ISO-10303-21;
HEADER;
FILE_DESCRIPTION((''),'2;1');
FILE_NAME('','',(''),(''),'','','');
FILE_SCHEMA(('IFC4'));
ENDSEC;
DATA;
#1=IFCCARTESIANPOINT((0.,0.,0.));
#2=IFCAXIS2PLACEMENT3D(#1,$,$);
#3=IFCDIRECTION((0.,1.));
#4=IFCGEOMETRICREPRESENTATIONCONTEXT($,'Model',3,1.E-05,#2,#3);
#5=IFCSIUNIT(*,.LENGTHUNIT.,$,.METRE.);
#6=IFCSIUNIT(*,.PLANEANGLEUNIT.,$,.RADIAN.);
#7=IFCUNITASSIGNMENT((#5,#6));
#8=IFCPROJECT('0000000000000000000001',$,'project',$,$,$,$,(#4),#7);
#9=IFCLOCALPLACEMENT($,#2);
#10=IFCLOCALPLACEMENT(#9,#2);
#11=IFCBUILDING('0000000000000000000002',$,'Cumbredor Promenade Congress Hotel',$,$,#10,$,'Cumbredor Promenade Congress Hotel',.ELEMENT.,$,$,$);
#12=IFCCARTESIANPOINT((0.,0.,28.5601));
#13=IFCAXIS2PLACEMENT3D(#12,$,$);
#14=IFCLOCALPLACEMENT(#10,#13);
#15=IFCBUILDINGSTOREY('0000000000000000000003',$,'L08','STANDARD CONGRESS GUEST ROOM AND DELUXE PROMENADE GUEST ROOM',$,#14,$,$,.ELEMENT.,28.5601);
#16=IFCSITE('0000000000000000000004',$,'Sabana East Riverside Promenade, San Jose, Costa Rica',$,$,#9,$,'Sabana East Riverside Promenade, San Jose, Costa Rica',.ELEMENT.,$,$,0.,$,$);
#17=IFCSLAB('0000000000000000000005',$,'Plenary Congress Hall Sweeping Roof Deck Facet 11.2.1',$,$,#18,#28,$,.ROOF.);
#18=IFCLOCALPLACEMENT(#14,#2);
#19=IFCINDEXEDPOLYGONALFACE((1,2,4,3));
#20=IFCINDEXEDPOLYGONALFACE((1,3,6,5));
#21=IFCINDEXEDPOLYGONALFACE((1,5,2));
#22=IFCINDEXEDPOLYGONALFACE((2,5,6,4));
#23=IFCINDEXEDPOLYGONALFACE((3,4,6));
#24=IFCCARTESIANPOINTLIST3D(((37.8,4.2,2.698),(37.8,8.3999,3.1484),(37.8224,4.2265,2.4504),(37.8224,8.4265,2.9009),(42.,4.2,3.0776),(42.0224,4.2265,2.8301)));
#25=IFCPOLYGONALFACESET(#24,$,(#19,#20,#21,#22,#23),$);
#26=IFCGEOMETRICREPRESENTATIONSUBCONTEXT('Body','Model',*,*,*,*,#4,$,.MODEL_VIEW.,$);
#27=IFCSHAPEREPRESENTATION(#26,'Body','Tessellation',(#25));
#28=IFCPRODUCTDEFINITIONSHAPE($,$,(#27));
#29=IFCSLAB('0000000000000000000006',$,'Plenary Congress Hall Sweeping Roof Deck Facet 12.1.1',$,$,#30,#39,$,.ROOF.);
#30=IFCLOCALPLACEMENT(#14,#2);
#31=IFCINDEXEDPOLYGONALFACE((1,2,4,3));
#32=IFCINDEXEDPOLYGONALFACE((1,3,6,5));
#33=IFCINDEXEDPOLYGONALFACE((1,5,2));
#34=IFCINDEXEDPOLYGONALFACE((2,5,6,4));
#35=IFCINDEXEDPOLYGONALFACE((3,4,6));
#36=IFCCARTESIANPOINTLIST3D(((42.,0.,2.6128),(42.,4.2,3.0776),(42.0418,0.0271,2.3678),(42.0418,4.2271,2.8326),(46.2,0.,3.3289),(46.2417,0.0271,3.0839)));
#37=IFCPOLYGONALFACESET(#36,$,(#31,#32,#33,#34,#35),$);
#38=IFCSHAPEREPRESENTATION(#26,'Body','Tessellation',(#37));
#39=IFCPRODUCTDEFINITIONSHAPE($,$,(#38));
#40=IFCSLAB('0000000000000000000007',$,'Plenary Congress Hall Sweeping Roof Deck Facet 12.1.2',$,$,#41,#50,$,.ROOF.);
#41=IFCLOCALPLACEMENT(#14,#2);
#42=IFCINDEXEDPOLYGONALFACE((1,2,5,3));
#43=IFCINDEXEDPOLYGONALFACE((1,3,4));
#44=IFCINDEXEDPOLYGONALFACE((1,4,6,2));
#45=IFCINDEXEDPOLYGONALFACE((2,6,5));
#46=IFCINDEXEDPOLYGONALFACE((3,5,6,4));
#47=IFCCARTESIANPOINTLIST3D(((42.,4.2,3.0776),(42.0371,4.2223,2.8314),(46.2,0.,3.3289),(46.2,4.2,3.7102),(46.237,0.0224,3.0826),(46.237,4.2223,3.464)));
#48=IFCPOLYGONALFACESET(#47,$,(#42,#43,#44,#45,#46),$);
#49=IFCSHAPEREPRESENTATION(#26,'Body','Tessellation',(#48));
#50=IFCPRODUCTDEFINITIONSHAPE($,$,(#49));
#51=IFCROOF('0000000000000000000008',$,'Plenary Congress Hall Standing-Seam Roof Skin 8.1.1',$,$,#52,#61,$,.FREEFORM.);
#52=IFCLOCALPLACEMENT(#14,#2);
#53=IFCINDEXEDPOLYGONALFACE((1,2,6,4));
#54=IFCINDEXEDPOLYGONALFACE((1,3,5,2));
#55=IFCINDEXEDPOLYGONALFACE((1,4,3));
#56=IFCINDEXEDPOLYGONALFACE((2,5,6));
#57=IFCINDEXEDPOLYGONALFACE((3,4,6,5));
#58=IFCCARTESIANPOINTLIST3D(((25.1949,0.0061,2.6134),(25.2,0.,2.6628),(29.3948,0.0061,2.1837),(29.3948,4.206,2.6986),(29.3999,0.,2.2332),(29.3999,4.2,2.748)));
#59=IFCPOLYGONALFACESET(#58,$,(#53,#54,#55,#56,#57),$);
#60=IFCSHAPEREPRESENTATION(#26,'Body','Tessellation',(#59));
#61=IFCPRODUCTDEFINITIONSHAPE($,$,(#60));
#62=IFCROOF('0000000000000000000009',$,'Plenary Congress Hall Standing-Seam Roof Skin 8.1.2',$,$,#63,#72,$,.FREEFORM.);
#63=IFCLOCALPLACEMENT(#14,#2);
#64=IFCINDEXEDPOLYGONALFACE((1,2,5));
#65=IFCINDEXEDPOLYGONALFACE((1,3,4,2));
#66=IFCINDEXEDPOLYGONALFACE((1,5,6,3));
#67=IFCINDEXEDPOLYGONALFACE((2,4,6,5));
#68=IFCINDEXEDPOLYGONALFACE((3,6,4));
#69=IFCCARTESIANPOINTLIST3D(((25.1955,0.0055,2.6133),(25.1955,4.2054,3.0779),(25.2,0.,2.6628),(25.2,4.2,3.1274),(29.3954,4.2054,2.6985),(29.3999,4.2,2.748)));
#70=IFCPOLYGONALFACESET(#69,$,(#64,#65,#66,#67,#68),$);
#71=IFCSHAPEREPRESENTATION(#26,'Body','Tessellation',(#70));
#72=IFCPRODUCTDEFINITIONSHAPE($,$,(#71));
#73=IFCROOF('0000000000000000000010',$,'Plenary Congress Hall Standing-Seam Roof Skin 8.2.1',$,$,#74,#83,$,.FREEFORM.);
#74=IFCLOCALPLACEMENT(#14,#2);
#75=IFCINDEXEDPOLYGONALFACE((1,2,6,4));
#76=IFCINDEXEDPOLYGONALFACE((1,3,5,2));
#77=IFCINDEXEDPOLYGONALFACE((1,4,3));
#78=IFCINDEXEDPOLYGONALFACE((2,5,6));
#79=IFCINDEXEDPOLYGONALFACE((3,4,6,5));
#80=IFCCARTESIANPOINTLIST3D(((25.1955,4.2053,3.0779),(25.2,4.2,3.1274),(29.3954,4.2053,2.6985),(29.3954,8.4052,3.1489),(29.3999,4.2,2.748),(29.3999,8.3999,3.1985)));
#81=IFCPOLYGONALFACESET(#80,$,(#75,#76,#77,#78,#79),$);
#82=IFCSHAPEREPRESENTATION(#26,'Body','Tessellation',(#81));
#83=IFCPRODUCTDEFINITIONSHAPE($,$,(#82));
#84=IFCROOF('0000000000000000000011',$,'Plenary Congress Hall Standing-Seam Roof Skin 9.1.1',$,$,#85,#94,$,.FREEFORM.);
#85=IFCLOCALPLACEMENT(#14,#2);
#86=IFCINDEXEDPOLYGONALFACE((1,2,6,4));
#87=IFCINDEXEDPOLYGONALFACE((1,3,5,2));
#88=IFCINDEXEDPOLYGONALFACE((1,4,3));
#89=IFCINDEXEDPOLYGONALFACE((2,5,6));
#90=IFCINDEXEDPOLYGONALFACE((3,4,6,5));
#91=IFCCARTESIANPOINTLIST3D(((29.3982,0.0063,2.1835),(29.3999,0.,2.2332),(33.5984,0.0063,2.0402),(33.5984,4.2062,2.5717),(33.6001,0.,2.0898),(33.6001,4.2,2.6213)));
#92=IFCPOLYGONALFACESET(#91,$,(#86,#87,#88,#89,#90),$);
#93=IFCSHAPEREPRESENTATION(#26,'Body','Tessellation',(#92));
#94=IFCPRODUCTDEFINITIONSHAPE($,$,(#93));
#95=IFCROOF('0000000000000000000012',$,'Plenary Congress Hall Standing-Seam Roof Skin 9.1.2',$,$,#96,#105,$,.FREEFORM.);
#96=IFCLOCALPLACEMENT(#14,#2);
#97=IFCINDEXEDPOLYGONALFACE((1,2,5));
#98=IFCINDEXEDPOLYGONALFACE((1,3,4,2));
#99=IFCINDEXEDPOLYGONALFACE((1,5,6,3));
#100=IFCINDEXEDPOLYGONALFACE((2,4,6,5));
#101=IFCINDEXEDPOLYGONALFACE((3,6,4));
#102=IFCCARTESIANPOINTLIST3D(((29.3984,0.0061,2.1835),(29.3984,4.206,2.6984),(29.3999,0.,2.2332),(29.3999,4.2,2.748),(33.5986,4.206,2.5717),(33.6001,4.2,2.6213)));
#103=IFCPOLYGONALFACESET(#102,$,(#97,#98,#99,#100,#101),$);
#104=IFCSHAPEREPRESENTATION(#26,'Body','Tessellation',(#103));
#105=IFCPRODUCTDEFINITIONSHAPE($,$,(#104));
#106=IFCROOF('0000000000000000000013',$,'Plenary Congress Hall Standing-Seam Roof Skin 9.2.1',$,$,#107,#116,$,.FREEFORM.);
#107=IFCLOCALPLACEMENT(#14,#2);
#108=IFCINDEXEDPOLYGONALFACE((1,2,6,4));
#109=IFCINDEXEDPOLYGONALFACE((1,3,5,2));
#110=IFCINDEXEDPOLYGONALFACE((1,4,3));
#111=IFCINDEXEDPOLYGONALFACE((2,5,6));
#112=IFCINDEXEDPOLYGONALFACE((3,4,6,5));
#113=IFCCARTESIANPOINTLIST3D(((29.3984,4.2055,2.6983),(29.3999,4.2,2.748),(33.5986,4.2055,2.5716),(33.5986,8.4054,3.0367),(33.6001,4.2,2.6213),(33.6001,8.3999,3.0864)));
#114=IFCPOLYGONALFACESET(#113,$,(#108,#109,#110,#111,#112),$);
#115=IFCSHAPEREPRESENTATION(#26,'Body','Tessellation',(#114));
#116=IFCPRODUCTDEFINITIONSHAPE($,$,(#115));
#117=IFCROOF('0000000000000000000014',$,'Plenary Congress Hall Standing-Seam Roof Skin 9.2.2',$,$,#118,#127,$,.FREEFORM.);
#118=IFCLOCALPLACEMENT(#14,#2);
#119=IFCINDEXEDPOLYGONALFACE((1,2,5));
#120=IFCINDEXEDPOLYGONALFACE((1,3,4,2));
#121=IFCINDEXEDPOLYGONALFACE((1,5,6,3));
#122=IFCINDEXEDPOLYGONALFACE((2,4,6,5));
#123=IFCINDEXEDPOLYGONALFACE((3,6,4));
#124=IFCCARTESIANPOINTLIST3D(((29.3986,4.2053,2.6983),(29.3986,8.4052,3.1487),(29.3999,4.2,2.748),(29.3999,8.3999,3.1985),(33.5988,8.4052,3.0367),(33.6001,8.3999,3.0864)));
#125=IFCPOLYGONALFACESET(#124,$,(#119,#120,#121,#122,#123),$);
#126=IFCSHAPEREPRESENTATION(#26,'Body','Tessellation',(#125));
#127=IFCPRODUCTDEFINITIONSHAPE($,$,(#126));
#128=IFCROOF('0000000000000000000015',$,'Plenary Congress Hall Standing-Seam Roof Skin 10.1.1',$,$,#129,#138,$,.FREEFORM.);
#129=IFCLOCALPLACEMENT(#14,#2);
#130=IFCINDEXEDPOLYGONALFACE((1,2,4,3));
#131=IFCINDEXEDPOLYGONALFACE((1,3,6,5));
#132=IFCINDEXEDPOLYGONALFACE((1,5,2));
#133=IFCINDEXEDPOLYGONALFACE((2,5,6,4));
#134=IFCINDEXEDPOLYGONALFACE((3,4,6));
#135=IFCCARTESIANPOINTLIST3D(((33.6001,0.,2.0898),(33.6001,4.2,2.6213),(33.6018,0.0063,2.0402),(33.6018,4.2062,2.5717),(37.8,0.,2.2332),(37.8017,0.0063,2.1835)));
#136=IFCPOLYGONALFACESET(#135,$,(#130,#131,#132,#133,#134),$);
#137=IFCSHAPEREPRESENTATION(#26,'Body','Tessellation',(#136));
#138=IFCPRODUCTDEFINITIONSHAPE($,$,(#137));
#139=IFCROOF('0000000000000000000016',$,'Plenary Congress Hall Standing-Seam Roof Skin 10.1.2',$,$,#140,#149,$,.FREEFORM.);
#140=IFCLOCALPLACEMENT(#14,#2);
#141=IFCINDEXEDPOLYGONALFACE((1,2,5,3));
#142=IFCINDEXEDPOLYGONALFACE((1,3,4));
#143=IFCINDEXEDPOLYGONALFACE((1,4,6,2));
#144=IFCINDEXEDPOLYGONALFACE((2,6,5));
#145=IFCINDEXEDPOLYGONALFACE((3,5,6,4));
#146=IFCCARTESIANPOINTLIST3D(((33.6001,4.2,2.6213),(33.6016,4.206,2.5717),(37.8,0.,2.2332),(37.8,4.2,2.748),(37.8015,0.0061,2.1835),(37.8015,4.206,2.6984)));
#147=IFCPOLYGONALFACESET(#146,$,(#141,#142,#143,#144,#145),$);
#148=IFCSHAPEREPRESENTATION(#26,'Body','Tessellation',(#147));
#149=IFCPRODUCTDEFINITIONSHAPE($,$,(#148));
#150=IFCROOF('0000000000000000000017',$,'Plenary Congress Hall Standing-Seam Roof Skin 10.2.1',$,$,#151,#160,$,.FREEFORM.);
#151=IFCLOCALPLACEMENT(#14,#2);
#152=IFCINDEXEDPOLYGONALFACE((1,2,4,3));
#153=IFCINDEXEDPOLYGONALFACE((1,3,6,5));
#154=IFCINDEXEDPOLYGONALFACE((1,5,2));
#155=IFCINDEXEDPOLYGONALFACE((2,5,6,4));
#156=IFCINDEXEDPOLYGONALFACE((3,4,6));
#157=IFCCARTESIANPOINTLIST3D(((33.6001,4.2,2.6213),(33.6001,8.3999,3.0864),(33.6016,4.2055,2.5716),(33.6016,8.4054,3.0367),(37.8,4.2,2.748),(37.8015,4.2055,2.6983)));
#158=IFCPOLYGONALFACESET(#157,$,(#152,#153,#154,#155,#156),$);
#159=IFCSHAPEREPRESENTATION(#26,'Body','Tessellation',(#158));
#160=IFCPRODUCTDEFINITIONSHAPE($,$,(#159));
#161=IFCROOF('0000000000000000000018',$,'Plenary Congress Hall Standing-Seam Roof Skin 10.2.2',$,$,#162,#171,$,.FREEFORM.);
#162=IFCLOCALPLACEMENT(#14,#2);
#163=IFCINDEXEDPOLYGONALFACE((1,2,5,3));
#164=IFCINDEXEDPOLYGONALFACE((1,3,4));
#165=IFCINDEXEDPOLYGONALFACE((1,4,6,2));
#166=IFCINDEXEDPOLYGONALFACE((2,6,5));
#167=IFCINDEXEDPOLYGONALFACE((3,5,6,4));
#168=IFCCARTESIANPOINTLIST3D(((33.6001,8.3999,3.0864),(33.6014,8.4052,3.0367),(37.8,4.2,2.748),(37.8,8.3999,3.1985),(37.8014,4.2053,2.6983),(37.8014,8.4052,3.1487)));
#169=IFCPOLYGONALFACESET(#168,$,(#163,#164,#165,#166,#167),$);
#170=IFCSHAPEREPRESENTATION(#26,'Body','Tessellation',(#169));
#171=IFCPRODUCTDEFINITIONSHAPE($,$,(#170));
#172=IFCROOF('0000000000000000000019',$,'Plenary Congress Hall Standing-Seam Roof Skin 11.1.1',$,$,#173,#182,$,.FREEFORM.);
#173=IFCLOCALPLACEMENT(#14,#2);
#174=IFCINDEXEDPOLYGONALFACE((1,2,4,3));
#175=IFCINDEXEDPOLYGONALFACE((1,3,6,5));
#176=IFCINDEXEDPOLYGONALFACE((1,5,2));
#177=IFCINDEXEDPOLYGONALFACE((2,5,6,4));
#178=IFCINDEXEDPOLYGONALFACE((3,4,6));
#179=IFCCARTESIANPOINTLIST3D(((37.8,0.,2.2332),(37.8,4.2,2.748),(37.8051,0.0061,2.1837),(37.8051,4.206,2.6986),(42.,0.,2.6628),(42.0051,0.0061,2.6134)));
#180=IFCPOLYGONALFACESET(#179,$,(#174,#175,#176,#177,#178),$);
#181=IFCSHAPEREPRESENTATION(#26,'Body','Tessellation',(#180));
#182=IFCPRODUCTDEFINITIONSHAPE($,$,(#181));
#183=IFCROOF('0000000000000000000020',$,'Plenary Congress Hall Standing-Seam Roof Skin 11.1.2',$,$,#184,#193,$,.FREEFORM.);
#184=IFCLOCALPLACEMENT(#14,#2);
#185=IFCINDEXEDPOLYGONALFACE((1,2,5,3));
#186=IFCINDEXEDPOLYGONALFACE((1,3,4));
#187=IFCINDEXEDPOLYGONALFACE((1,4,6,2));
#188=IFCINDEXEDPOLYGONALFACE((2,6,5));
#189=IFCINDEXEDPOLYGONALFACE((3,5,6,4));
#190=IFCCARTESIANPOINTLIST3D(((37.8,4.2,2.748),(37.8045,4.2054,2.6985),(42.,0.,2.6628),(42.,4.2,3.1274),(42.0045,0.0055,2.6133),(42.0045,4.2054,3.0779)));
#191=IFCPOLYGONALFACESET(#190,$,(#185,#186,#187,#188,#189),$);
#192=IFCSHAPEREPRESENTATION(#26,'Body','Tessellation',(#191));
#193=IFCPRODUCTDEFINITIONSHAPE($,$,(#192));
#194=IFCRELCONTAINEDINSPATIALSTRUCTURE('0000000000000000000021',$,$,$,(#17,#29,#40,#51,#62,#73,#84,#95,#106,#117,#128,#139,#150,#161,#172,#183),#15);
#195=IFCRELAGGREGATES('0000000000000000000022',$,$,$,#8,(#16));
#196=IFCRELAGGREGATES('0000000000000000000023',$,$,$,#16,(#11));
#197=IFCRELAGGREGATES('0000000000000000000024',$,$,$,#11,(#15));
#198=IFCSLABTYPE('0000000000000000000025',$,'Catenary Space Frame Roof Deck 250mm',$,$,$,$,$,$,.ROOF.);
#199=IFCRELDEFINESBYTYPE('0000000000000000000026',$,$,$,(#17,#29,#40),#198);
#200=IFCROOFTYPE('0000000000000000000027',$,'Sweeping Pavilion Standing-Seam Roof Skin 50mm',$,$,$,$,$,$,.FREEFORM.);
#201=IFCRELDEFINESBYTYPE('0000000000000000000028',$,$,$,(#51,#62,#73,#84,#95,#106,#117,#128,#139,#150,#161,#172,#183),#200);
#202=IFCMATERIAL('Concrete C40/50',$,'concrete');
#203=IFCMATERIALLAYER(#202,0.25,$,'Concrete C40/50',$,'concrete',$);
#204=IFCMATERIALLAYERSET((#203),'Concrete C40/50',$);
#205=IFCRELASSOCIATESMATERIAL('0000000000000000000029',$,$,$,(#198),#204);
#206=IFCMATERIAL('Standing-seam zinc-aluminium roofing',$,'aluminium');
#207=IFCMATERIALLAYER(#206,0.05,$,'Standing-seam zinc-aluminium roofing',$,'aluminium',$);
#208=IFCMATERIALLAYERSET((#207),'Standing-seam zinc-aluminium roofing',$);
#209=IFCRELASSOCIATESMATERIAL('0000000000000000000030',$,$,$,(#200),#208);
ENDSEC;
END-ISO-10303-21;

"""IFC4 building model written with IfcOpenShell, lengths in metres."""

from ifc_helpers import new_model, si_unit, direction, frame, origin, place, context, subcontext, project, spatial, polyline, outline, extrude, material, layer, layer_set, type_object, element, save


model = new_model("IFC4")

# Units and contexts
model_context = context("Model", 3, precision=1e-05, world=origin(), true_north=direction((0.0, 1.0)))
body_context = subcontext(model_context, "Body", "Model", "MODEL_VIEW")
ifc_project = project(units=[si_unit("LENGTHUNIT", "METRE"), si_unit("PLANEANGLEUNIT", "RADIAN")], contexts=[model_context])

# Site, building, storey
site_placement = place(None, origin())
site = spatial("IfcSite", under=ifc_project, at=site_placement, Name="Sabana East Riverside Promenade, San Jose, Costa Rica", LongName="Sabana East Riverside Promenade, San Jose, Costa Rica", CompositionType="ELEMENT", RefElevation=0.0)
building_placement = place(site_placement, origin())
building = spatial("IfcBuilding", under=site, at=building_placement, Name="Cumbredor Promenade Congress Hotel", LongName="Cumbredor Promenade Congress Hotel", CompositionType="ELEMENT")
storey_placement = place(building_placement, frame((0.0, 0.0, 28.5601)))
storey = spatial("IfcBuildingStorey", under=building, at=storey_placement, Name="L08", Description="STANDARD CONGRESS GUEST ROOM AND DELUXE PROMENADE GUEST ROOM", CompositionType="ELEMENT", Elevation=28.5601)

# Slabs
ifc_material_1 = material(Name="Concrete C40/50", Category="concrete")
ifc_layer_1 = layer(ifc_material_1, 0.25, Name="Concrete C40/50", Category="concrete")
ifc_layer_set_1 = layer_set([ifc_layer_1], Name="Concrete C40/50")
slab_type = type_object("IfcSlabType", Name="Catenary Space Frame Roof Deck 250mm", PredefinedType="ROOF", material=ifc_layer_set_1)
slab_1_placement = place(storey_placement, frame((37.8, 4.2, 2.698), z_axis=(-0.089515, -0.106209, 0.990306), x_axis=(0.99594, 0.0, 0.090024)))
element("IfcSlab", 1, at=slab_1_placement, inside=storey, type_object=slab_type, Name="Plenary Congress Hall Sweeping Roof Deck Facet 11.2.1", PredefinedType="ROOF", context=body_context, shape_type="SweptSolid", body=[
    extrude(outline(polyline([(0.0, 0.0), (4.2171, 0.0), (0.0406, 4.2238), (0.0, 0.0)])), origin(), (0.0, 0.0, -1.0), 0.25),
])
slab_2_placement = place(storey_placement, frame((42.0, 0.0, 2.6128), z_axis=(-0.167077, -0.10846, 0.97996), x_axis=(0.985775, 0.0, 0.168068)))
element("IfcSlab", 2, at=slab_2_placement, inside=storey, type_object=slab_type, Name="Plenary Congress Hall Sweeping Roof Deck Facet 12.1.1", PredefinedType="ROOF", context=body_context, shape_type="SweptSolid", body=[
    extrude(outline(polyline([(0.0, 0.0), (4.2606, 0.0), (0.0781, 4.2249), (0.0, 0.0)])), origin(), (0.0, 0.0, -1.0), 0.25),
])
slab_3_placement = place(storey_placement, frame((46.2, 0.0, 3.3289), z_axis=(-0.148337, -0.089426, 0.984885), x_axis=(0.0, 0.995903, 0.090426)))
element("IfcSlab", 3, at=slab_3_placement, inside=storey, type_object=slab_type, Name="Plenary Congress Hall Sweeping Roof Deck Facet 12.1.2", PredefinedType="ROOF", context=body_context, shape_type="SweptSolid", body=[
    extrude(outline(polyline([(0.0, 0.0), (4.2172, 0.0), (4.16, 4.2469), (0.0, 0.0)])), origin(), (0.0, 0.0, -1.0), 0.25),
])

# Roofs
ifc_material_2 = material(Name="Standing-seam zinc-aluminium roofing", Category="aluminium")
ifc_layer_2 = layer(ifc_material_2, 0.05, Name="Standing-seam zinc-aluminium roofing", Category="aluminium")
ifc_layer_set_2 = layer_set([ifc_layer_2], Name="Standing-seam zinc-aluminium roofing")
roof_type = type_object("IfcRoofType", Name="Sweeping Pavilion Standing-Seam Roof Skin 50mm", PredefinedType="FREEFORM", material=ifc_layer_set_2)
roof_1_placement = place(storey_placement, frame((25.2, 0.0, 2.6628), z_axis=(0.101028, -0.121061, 0.987491), x_axis=(0.994807, 0.0, -0.101776)))
element("IfcRoof", 4, at=roof_1_placement, inside=storey, type_object=roof_type, Name="Plenary Congress Hall Standing-Seam Roof Skin 8.1.1", PredefinedType="FREEFORM", context=body_context, shape_type="SweptSolid", body=[
    extrude(outline(polyline([(0.0, 0.0), (4.2219, 0.0), (4.1695, 4.2311), (0.0, 0.0)])), origin(), (0.0, 0.0, -1.0), 0.05),
])
roof_2_placement = place(storey_placement, frame((25.2, 0.0, 2.6628), z_axis=(0.089426, -0.109509, 0.989955), x_axis=(0.707034, 0.707034, 0.014344)))
element("IfcRoof", 5, at=roof_2_placement, inside=storey, type_object=roof_type, Name="Plenary Congress Hall Standing-Seam Roof Skin 8.1.2", PredefinedType="FREEFORM", context=body_context, shape_type="SweptSolid", body=[
    extrude(outline(polyline([(0.0, 0.0), (5.9402, 0.0), (2.9762, 2.9996), (0.0, 0.0)])), origin(), (0.0, 0.0, -1.0), 0.05),
])
roof_3_placement = place(storey_placement, frame((25.2, 4.2, 3.1274), z_axis=(0.089458, -0.10621, 0.990311), x_axis=(0.995945, 0.0, -0.089967)))
element("IfcRoof", 6, at=roof_3_placement, inside=storey, type_object=roof_type, Name="Plenary Congress Hall Standing-Seam Roof Skin 8.2.1", PredefinedType="FREEFORM", context=body_context, shape_type="SweptSolid", body=[
    extrude(outline(polyline([(0.0, 0.0), (4.2171, 0.0), (4.1765, 4.2238), (0.0, 0.0)])), origin(), (0.0, 0.0, -1.0), 0.05),
])
roof_4_placement = place(storey_placement, frame((29.3999, 0.0, 2.2332), z_axis=(0.033831, -0.125475, 0.99152), x_axis=(0.999418, 0.0, -0.0341)))
element("IfcRoof", 7, at=roof_4_placement, inside=storey, type_object=roof_type, Name="Plenary Congress Hall Standing-Seam Roof Skin 9.1.1", PredefinedType="FREEFORM", context=body_context, shape_type="SweptSolid", body=[
    extrude(outline(polyline([(0.0, 0.0), (4.2026, 0.0), (4.1845, 4.2334), (0.0, 0.0)])), origin(), (0.0, 0.0, -1.0), 0.05),
])
roof_5_placement = place(storey_placement, frame((29.3999, 0.0, 2.2332), z_axis=(0.02993, -0.121629, 0.992124), x_axis=(0.705622, 0.705581, 0.065214)))
element("IfcRoof", 8, at=roof_5_placement, inside=storey, type_object=roof_type, Name="Plenary Congress Hall Standing-Seam Roof Skin 9.1.2", PredefinedType="FREEFORM", context=body_context, shape_type="SweptSolid", body=[
    extrude(outline(polyline([(0.0, 0.0), (5.9525, 0.0), (2.997, 2.9871), (0.0, 0.0)])), origin(), (0.0, 0.0, -1.0), 0.05),
])
roof_6_placement = place(storey_placement, frame((29.3999, 4.2, 2.748), z_axis=(0.029971, -0.110014, 0.993478), x_axis=(0.999545, 0.0, -0.030154)))
element("IfcRoof", 9, at=roof_6_placement, inside=storey, type_object=roof_type, Name="Plenary Congress Hall Standing-Seam Roof Skin 9.2.1", PredefinedType="FREEFORM", context=body_context, shape_type="SweptSolid", body=[
    extrude(outline(polyline([(0.0, 0.0), (4.2021, 0.0), (4.1881, 4.2256), (0.0, 0.0)])), origin(), (0.0, 0.0, -1.0), 0.05),
])
roof_7_placement = place(storey_placement, frame((29.3999, 4.2, 2.748), z_axis=(0.026518, -0.1066, 0.993948), x_axis=(0.705983, 0.705942, 0.056876)))
element("IfcRoof", 10, at=roof_7_placement, inside=storey, type_object=roof_type, Name="Plenary Congress Hall Standing-Seam Roof Skin 9.2.2", PredefinedType="FREEFORM", context=body_context, shape_type="SweptSolid", body=[
    extrude(outline(polyline([(0.0, 0.0), (5.9494, 0.0), (2.9905, 2.9831), (0.0, 0.0)])), origin(), (0.0, 0.0, -1.0), 0.05),
])
roof_8_placement = place(storey_placement, frame((33.6001, 0.0, 2.0898), z_axis=(-0.033833, -0.125475, 0.99152), x_axis=(0.999418, 0.0, 0.034102)))
element("IfcRoof", 11, at=roof_8_placement, inside=storey, type_object=roof_type, Name="Plenary Congress Hall Standing-Seam Roof Skin 10.1.1", PredefinedType="FREEFORM", context=body_context, shape_type="SweptSolid", body=[
    extrude(outline(polyline([(0.0, 0.0), (4.2024, 0.0), (0.0181, 4.2334), (0.0, 0.0)])), origin(), (0.0, 0.0, -1.0), 0.05),
])
roof_9_placement = place(storey_placement, frame((37.8, 0.0, 2.2332), z_axis=(-0.029932, -0.121629, 0.992124), x_axis=(0.0, 0.992569, 0.121684)))
element("IfcRoof", 12, at=roof_9_placement, inside=storey, type_object=roof_type, Name="Plenary Congress Hall Standing-Seam Roof Skin 10.1.2", PredefinedType="FREEFORM", context=body_context, shape_type="SweptSolid", body=[
    extrude(outline(polyline([(0.0, 0.0), (4.2314, 0.0), (4.216, 4.2018), (0.0, 0.0)])), origin(), (0.0, 0.0, -1.0), 0.05),
])
roof_10_placement = place(storey_placement, frame((33.6001, 4.2, 2.6213), z_axis=(-0.029972, -0.110014, 0.993478), x_axis=(0.999545, 0.0, 0.030155)))
element("IfcRoof", 13, at=roof_10_placement, inside=storey, type_object=roof_type, Name="Plenary Congress Hall Standing-Seam Roof Skin 10.2.1", PredefinedType="FREEFORM", context=body_context, shape_type="SweptSolid", body=[
    extrude(outline(polyline([(0.0, 0.0), (4.2019, 0.0), (0.014, 4.2256), (0.0, 0.0)])), origin(), (0.0, 0.0, -1.0), 0.05),
])
roof_11_placement = place(storey_placement, frame((37.8, 4.2, 2.748), z_axis=(-0.02652, -0.1066, 0.993948), x_axis=(0.0, 0.994298, 0.106637)))
element("IfcRoof", 14, at=roof_11_placement, inside=storey, type_object=roof_type, Name="Plenary Congress Hall Standing-Seam Roof Skin 10.2.2", PredefinedType="FREEFORM", context=body_context, shape_type="SweptSolid", body=[
    extrude(outline(polyline([(0.0, 0.0), (4.224, 0.0), (4.2121, 4.2014), (0.0, 0.0)])), origin(), (0.0, 0.0, -1.0), 0.05),
])
roof_12_placement = place(storey_placement, frame((37.8, 0.0, 2.2332), z_axis=(-0.101028, -0.121061, 0.987491), x_axis=(0.994807, 0.0, 0.101776)))
element("IfcRoof", 15, at=roof_12_placement, inside=storey, type_object=roof_type, Name="Plenary Congress Hall Standing-Seam Roof Skin 11.1.1", PredefinedType="FREEFORM", context=body_context, shape_type="SweptSolid", body=[
    extrude(outline(polyline([(0.0, 0.0), (4.2219, 0.0), (0.0524, 4.2311), (0.0, 0.0)])), origin(), (0.0, 0.0, -1.0), 0.05),
])
roof_13_placement = place(storey_placement, frame((42.0, 0.0, 2.6628), z_axis=(-0.089426, -0.109509, 0.989955), x_axis=(0.0, 0.993937, 0.10995)))
element("IfcRoof", 16, at=roof_13_placement, inside=storey, type_object=roof_type, Name="Plenary Congress Hall Standing-Seam Roof Skin 11.1.2", PredefinedType="FREEFORM", context=body_context, shape_type="SweptSolid", body=[
    extrude(outline(polyline([(0.0, 0.0), (4.2256, 0.0), (4.1839, 4.2168), (0.0, 0.0)])), origin(), (0.0, 0.0, -1.0), 0.05),
])

save(model, "model.ifc")
